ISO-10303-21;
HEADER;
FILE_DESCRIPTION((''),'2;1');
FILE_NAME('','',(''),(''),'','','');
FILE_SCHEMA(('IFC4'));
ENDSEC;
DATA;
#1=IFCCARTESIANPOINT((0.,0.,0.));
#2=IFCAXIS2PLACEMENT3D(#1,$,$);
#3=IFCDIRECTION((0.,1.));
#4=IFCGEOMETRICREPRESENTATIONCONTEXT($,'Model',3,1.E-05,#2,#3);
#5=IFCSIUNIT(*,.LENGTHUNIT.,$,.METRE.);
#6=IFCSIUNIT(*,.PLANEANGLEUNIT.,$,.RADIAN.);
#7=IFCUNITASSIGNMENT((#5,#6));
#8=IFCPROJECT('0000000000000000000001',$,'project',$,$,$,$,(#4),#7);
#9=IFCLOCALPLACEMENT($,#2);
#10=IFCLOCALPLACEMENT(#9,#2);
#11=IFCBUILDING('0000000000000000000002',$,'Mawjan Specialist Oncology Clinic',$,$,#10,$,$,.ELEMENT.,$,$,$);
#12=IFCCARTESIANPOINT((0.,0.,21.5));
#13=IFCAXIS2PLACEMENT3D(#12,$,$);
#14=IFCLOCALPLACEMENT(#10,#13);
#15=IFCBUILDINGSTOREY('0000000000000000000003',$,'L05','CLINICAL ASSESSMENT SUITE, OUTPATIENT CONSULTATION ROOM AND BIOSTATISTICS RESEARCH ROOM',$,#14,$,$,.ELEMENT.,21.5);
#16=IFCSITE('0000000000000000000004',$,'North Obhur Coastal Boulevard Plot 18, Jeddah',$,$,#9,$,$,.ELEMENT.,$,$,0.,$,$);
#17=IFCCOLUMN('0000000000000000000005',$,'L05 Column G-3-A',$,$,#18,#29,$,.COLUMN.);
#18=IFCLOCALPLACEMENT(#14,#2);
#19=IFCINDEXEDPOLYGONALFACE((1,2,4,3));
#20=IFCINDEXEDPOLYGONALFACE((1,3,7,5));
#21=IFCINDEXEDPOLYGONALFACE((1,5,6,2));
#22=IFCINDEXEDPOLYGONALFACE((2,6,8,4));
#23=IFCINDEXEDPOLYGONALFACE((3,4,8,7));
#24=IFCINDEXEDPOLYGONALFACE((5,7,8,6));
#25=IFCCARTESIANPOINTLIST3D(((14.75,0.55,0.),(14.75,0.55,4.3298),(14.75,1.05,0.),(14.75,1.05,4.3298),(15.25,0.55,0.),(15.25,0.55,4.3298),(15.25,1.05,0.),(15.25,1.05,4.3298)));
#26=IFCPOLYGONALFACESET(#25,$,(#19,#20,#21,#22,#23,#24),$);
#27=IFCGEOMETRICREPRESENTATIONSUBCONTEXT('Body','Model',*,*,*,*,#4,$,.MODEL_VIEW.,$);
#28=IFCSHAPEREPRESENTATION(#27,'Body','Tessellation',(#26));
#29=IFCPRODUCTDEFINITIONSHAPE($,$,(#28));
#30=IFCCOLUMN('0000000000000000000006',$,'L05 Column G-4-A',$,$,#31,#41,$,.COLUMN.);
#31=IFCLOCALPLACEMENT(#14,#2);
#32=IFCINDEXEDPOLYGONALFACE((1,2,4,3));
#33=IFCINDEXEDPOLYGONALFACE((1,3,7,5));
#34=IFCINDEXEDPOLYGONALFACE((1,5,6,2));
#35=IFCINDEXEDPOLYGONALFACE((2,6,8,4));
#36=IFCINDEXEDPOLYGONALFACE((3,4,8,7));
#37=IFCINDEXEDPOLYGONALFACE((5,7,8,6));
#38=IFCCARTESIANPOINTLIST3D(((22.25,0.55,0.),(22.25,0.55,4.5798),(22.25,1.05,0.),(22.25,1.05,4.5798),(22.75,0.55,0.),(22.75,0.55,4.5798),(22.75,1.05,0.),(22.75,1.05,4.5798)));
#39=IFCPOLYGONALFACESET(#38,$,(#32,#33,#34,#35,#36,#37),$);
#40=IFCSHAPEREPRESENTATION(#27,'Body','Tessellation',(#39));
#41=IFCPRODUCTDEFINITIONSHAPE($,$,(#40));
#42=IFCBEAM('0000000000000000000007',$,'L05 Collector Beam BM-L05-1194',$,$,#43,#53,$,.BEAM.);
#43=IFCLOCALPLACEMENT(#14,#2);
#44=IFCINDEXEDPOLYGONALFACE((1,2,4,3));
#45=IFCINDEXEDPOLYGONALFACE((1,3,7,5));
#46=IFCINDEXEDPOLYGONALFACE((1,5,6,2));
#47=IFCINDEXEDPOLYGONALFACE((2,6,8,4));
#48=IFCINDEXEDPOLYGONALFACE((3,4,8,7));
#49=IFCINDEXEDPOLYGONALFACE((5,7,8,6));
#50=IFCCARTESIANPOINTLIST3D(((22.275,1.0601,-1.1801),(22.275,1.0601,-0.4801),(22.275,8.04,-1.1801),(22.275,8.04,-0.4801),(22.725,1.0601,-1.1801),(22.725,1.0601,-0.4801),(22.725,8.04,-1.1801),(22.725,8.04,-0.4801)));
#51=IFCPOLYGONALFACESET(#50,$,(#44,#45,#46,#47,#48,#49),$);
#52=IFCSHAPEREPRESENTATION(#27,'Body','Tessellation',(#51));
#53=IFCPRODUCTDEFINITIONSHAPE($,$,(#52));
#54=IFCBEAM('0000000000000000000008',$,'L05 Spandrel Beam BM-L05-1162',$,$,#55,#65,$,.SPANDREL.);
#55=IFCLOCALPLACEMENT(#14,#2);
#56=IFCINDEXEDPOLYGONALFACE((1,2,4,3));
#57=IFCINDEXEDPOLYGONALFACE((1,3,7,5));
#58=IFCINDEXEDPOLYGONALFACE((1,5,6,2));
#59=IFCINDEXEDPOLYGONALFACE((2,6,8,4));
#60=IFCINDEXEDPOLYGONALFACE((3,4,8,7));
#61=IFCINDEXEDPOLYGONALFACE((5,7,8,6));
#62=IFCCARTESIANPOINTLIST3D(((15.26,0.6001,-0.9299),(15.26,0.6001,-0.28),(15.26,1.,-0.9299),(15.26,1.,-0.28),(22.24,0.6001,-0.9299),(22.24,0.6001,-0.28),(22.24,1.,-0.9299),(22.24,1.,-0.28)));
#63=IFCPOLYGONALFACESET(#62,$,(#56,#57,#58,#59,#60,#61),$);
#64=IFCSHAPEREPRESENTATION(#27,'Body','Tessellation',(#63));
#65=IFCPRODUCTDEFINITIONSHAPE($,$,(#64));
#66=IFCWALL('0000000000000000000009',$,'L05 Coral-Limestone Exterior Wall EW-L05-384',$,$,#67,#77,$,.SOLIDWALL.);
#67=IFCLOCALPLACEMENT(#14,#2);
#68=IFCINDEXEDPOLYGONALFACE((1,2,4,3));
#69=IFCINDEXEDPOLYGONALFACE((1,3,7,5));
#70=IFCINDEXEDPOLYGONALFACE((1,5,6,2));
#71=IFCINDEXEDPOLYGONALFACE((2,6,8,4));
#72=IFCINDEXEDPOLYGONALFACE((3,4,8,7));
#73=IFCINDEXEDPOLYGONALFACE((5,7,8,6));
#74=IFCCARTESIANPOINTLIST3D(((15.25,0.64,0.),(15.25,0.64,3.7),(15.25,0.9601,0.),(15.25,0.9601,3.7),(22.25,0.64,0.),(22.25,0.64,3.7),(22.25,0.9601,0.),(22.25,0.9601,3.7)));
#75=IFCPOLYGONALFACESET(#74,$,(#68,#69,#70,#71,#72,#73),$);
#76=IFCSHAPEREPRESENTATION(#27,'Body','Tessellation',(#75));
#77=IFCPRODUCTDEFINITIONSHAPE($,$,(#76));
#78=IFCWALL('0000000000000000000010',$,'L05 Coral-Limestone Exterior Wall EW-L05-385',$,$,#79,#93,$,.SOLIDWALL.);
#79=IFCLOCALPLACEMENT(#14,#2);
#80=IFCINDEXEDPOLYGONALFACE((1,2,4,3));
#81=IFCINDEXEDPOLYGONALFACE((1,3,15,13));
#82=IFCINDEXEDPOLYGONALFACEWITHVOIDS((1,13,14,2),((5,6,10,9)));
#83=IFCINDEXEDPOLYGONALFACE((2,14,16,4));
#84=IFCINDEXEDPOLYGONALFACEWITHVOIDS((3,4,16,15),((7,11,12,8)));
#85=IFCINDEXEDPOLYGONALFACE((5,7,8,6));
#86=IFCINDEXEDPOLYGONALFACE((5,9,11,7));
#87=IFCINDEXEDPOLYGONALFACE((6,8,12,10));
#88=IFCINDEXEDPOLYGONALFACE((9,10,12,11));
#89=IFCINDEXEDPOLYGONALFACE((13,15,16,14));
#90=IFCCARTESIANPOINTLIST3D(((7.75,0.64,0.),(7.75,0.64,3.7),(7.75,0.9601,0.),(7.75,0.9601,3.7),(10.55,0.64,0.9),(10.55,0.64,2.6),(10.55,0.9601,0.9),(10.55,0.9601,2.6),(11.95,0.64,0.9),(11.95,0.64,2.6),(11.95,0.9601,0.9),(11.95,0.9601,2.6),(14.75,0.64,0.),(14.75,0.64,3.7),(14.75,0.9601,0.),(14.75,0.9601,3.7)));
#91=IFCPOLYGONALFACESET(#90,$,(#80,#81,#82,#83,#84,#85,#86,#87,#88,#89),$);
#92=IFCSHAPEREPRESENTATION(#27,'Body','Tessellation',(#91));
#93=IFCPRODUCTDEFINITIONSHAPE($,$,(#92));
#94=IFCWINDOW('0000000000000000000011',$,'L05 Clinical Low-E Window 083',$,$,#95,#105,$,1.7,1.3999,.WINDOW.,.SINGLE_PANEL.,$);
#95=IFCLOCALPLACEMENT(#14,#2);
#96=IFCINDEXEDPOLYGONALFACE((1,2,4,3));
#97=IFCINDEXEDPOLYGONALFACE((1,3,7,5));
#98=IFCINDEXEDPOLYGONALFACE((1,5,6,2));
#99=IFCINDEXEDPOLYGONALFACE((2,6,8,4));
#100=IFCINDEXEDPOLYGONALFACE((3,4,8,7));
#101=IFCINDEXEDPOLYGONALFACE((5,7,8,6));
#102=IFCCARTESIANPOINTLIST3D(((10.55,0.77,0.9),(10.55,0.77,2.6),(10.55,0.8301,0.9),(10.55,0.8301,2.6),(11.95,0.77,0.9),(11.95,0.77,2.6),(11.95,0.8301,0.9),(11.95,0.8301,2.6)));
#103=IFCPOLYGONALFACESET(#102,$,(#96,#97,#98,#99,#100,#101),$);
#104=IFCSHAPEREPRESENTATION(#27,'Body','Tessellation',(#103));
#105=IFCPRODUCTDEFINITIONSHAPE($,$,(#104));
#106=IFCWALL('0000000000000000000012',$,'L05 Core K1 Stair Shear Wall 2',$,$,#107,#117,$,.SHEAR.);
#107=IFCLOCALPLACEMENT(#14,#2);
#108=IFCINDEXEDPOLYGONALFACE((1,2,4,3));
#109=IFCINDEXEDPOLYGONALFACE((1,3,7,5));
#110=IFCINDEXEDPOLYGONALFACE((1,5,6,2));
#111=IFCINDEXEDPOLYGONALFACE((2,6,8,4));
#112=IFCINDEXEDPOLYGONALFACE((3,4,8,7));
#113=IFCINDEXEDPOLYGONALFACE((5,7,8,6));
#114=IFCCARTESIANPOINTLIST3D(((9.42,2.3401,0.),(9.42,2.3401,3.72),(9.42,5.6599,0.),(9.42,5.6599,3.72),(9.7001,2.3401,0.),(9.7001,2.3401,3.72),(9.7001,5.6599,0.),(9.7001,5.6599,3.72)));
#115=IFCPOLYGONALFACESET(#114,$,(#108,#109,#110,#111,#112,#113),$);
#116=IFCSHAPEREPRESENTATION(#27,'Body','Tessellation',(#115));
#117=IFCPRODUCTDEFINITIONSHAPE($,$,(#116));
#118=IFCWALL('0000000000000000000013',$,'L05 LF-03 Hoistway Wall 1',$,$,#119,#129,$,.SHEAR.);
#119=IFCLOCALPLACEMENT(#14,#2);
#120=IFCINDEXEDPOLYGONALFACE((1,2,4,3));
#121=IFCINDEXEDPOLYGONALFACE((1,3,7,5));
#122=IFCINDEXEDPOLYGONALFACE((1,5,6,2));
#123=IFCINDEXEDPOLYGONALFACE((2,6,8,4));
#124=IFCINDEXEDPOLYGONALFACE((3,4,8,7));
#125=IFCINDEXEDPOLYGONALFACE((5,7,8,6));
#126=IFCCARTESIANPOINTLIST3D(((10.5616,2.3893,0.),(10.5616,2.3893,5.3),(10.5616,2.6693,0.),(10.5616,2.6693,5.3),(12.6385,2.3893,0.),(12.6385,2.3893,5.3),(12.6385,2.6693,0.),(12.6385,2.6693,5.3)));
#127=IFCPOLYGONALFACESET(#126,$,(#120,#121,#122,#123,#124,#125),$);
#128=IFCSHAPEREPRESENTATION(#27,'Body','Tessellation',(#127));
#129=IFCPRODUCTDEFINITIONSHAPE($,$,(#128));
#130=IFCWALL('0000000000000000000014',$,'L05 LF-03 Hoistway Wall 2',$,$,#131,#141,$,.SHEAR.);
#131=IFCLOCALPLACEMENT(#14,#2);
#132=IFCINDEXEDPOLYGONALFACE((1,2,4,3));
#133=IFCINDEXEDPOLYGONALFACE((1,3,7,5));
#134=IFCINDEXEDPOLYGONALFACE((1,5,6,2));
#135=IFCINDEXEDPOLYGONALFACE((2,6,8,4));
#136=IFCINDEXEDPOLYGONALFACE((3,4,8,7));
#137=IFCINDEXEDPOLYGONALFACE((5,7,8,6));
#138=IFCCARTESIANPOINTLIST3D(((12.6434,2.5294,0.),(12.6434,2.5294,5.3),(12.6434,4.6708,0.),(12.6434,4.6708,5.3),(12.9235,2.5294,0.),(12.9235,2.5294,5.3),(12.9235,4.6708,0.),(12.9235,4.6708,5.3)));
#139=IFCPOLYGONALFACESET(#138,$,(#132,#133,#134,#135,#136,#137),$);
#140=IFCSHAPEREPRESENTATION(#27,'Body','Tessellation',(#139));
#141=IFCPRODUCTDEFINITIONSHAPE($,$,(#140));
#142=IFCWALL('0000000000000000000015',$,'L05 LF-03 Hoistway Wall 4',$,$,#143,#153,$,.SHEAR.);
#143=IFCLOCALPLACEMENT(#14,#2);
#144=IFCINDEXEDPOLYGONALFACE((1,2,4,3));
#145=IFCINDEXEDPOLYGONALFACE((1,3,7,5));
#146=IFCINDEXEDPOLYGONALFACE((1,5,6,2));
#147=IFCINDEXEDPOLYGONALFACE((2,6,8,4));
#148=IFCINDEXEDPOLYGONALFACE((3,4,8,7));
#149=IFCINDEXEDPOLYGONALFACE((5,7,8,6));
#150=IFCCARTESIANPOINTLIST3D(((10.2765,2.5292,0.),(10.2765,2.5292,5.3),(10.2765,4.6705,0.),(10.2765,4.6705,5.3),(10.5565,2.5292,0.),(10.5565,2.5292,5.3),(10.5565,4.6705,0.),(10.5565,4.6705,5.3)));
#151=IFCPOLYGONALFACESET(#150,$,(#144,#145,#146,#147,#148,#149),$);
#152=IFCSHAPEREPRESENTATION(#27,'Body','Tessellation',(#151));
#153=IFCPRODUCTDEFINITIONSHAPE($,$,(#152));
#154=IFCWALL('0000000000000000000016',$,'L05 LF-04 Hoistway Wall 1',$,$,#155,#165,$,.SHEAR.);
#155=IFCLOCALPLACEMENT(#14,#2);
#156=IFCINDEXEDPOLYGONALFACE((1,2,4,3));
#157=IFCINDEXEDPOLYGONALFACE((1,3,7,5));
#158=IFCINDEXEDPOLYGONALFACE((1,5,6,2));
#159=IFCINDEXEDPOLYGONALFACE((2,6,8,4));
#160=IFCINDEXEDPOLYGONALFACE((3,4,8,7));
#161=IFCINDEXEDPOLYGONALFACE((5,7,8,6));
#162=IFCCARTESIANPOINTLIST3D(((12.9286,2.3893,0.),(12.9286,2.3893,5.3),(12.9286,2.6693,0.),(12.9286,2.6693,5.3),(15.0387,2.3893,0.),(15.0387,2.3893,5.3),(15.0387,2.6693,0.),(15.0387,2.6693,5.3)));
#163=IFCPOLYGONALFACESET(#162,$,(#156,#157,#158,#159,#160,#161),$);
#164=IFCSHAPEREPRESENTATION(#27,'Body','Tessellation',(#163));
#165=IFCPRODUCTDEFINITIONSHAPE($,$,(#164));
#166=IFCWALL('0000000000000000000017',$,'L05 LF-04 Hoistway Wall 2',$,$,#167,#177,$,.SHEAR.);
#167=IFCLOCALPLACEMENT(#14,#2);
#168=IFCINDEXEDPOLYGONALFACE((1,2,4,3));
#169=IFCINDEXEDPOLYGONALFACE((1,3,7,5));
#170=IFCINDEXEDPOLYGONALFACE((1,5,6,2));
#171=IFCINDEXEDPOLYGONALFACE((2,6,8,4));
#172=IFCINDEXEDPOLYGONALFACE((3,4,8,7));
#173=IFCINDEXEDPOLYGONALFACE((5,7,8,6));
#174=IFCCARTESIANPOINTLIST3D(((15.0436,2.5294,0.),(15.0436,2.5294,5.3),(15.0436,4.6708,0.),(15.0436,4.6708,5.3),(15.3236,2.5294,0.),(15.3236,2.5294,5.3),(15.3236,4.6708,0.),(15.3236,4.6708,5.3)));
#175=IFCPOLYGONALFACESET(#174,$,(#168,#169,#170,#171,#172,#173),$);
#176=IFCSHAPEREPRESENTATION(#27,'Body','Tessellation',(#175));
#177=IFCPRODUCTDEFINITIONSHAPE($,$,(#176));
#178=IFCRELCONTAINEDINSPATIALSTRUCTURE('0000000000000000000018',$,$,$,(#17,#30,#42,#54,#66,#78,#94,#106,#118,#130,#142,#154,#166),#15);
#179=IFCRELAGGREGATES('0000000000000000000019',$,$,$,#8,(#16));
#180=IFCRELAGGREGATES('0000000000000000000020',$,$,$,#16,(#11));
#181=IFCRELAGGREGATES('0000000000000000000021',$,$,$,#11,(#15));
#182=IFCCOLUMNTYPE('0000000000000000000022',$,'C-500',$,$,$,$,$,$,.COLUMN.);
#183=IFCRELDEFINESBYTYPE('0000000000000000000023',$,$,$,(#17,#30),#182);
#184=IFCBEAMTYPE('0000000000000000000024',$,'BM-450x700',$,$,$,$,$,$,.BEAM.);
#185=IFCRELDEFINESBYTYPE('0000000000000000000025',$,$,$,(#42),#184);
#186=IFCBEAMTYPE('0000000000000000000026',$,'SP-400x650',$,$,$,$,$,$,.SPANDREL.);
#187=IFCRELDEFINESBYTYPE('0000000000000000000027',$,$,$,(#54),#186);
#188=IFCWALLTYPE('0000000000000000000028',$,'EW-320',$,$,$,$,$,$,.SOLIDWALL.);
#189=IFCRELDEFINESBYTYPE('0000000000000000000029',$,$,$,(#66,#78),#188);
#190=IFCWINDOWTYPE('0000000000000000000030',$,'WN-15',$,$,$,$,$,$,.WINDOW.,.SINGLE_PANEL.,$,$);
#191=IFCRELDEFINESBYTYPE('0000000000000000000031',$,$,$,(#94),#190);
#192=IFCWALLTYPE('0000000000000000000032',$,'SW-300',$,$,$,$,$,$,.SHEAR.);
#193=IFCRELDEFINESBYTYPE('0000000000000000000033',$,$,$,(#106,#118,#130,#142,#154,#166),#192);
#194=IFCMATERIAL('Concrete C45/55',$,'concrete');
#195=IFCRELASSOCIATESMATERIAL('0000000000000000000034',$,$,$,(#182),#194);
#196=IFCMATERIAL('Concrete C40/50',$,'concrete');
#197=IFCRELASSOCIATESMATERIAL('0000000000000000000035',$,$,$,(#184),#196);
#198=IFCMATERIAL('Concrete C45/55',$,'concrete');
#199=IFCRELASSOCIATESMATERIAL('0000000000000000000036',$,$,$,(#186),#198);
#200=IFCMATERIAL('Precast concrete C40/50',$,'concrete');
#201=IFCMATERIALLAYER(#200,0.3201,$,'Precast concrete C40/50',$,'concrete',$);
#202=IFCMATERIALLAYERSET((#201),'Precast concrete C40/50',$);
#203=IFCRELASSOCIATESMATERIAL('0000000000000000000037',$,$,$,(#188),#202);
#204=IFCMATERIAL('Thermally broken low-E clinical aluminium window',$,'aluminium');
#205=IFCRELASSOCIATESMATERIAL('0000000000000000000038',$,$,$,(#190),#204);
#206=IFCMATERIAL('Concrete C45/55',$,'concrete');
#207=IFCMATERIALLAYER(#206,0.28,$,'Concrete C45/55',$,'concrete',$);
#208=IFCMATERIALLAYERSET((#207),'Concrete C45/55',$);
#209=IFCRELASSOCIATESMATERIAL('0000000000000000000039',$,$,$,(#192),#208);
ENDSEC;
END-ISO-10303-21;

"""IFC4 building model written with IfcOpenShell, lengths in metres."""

from ifc_helpers import new_model, si_unit, direction, frame, frame_2d, origin, origin_2d, place, context, subcontext, project, spatial, rectangle, extrude, material, layer, layer_set, material_profile, profile_set, type_object, element, fill, save


model = new_model("IFC4")

# Units and contexts
model_context = context("Model", 3, precision=1e-05, world=origin(), true_north=direction((0.0, 1.0)))
body_context = subcontext(model_context, "Body", "Model", "MODEL_VIEW")
ifc_project = project(units=[si_unit("LENGTHUNIT", "METRE"), si_unit("PLANEANGLEUNIT", "RADIAN")], contexts=[model_context])

# Site, building, storey
site_placement = place(None, origin())
site = spatial("IfcSite", under=ifc_project, at=site_placement, Name="North Obhur Coastal Boulevard Plot 18, Jeddah", CompositionType="ELEMENT", RefElevation=0.0)
building_placement = place(site_placement, origin())
building = spatial("IfcBuilding", under=site, at=building_placement, Name="Mawjan Specialist Oncology Clinic", CompositionType="ELEMENT")
storey_placement = place(building_placement, frame((0.0, 0.0, 21.5)))
storey = spatial("IfcBuildingStorey", under=building, at=storey_placement, Name="L05", Description="CLINICAL ASSESSMENT SUITE, OUTPATIENT CONSULTATION ROOM AND BIOSTATISTICS RESEARCH ROOM", CompositionType="ELEMENT", Elevation=21.5)

# Columns
ifc_material_1 = material(Name="Concrete C45/55", Category="concrete")
ifc_material_profile_1 = material_profile(ifc_material_1, rectangle(XDim=0.5, YDim=0.5, at=origin_2d()), Name="RC COL 500x500", Category="concrete")
ifc_profile_set_1 = profile_set([ifc_material_profile_1], Name="Concrete C45/55")
column_type = type_object("IfcColumnType", Name="C-500", PredefinedType="COLUMN", material=ifc_profile_set_1)
column_1_placement = place(storey_placement, frame((15.0, 0.8, 0.0), z_axis=(0.0, 0.0, 1.0), x_axis=(1.0, 0.0, 0.0)))
element("IfcColumn", 1, at=column_1_placement, inside=storey, type_object=column_type, Name="L05 Column G-3-A", PredefinedType="COLUMN", context=body_context, shape_type="SweptSolid", body=[
    extrude(rectangle(XDim=0.5, YDim=0.5, at=origin_2d()), origin(), (0.0, 0.0, 1.0), 4.3298),
])
column_2_placement = place(storey_placement, frame((22.5, 0.8, 0.0), z_axis=(0.0, 0.0, 1.0), x_axis=(1.0, 0.0, 0.0)))
element("IfcColumn", 2, at=column_2_placement, inside=storey, type_object=column_type, Name="L05 Column G-4-A", PredefinedType="COLUMN", context=body_context, shape_type="SweptSolid", body=[
    extrude(rectangle(XDim=0.5, YDim=0.5, at=origin_2d()), origin(), (0.0, 0.0, 1.0), 4.5798),
])

# Beams
ifc_material_2 = material(Name="Concrete C40/50", Category="concrete")
ifc_material_profile_2 = material_profile(ifc_material_2, rectangle(XDim=0.45, YDim=0.7, at=origin_2d()), Name="RC BM 450x700", Category="concrete")
ifc_profile_set_2 = profile_set([ifc_material_profile_2], Name="Concrete C40/50")
beam_type_1 = type_object("IfcBeamType", Name="BM-450x700", PredefinedType="BEAM", material=ifc_profile_set_2)
beam_1_placement = place(storey_placement, frame((22.5, 1.0601, -0.8301), z_axis=(0.0, 1.0, 0.0), x_axis=(-1.0, 0.0, 0.0)))
element("IfcBeam", 3, at=beam_1_placement, inside=storey, type_object=beam_type_1, Name="L05 Collector Beam BM-L05-1194", PredefinedType="BEAM", context=body_context, shape_type="SweptSolid", body=[
    extrude(rectangle(XDim=0.45, YDim=0.7, at=origin_2d()), origin(), (0.0, 0.0, 1.0), 6.98),
])
ifc_material_3 = material(Name="Concrete C45/55", Category="concrete")
ifc_material_profile_3 = material_profile(ifc_material_3, rectangle(XDim=0.3999, YDim=0.6499, at=origin_2d()), Name="RC BM 400x650", Category="concrete")
ifc_profile_set_3 = profile_set([ifc_material_profile_3], Name="Concrete C45/55")
beam_type_2 = type_object("IfcBeamType", Name="SP-400x650", PredefinedType="SPANDREL", material=ifc_profile_set_3)
beam_2_placement = place(storey_placement, frame((15.26, 0.8, -0.605), z_axis=(1.0, 0.0, 0.0), x_axis=(0.0, 1.0, 0.0)))
element("IfcBeam", 4, at=beam_2_placement, inside=storey, type_object=beam_type_2, Name="L05 Spandrel Beam BM-L05-1162", PredefinedType="SPANDREL", context=body_context, shape_type="SweptSolid", body=[
    extrude(rectangle(XDim=0.3999, YDim=0.6499, at=origin_2d()), origin(), (0.0, 0.0, 1.0), 6.98),
])

# Wall
ifc_material_4 = material(Name="Precast concrete C40/50", Category="concrete")
ifc_layer_1 = layer(ifc_material_4, 0.3201, Name="Precast concrete C40/50", Category="concrete")
ifc_layer_set_1 = layer_set([ifc_layer_1], Name="Precast concrete C40/50")
wall_type_1 = type_object("IfcWallType", Name="EW-320", PredefinedType="SOLIDWALL", material=ifc_layer_set_1)
wall_1_placement = place(storey_placement, frame((22.25, 0.8, 0.0), z_axis=(0.0, 0.0, 1.0), x_axis=(-1.0, 0.0, 0.0)))
element("IfcWall", 5, at=wall_1_placement, inside=storey, type_object=wall_type_1, Name="L05 Coral-Limestone Exterior Wall EW-L05-384", PredefinedType="SOLIDWALL", context=body_context, shape_type="SweptSolid", body=[
    extrude(rectangle(XDim=7.0, YDim=0.3201, at=frame_2d((3.5, 0.0))), origin(), (0.0, 0.0, 1.0), 3.7),
])

# Wall, opening, window
wall_2_placement = place(storey_placement, frame((14.75, 0.8, 0.0), z_axis=(0.0, 0.0, 1.0), x_axis=(-1.0, 0.0, 0.0)))
wall_2 = element("IfcWall", 6, at=wall_2_placement, inside=storey, type_object=wall_type_1, Name="L05 Coral-Limestone Exterior Wall EW-L05-385", PredefinedType="SOLIDWALL", context=body_context, shape_type="SweptSolid", body=[
    extrude(rectangle(XDim=7.0, YDim=0.3201, at=frame_2d((3.5, 0.0))), origin(), (0.0, 0.0, 1.0), 3.7),
])
opening_1_placement = place(wall_2_placement, frame((2.8, 0.0, 0.8999)))
opening_1 = element("IfcOpeningElement", 7, at=opening_1_placement, cuts=wall_2, PredefinedType="OPENING", context=body_context, shape_type="SweptSolid", body=[
    extrude(rectangle(XDim=1.3999, YDim=1.7, at=frame_2d((0.7, 0.8501))), frame((0.0, 0.1721, 0.0), z_axis=(0.0, -1.0, 0.0), x_axis=(1.0, 0.0, 0.0)), (0.0, 0.0, 1.0), 0.344),
])
ifc_material_5 = material(Name="Thermally broken low-E clinical aluminium window", Category="aluminium")
window_type = type_object("IfcWindowType", Name="WN-15", PartitioningType="SINGLE_PANEL", PredefinedType="WINDOW", material=ifc_material_5)
window_placement = place(opening_1_placement, origin())
window = element("IfcWindow", 8, at=window_placement, inside=storey, type_object=window_type, Name="L05 Clinical Low-E Window 083", OverallHeight=1.7, OverallWidth=1.3999, PartitioningType="SINGLE_PANEL", PredefinedType="WINDOW", context=body_context, shape_type="SweptSolid", body=[
    extrude(rectangle(XDim=1.3999, YDim=1.7, at=frame_2d((0.7, 0.8501))), frame((0.0, 0.03, 0.0), z_axis=(0.0, -1.0, 0.0), x_axis=(1.0, 0.0, 0.0)), (0.0, 0.0, 1.0), 0.0601),
])
fill(opening_1, window)

# Walls
ifc_material_6 = material(Name="Concrete C45/55", Category="concrete")
ifc_layer_2 = layer(ifc_material_6, 0.28, Name="Concrete C45/55", Category="concrete")
ifc_layer_set_2 = layer_set([ifc_layer_2], Name="Concrete C45/55")
wall_type_2 = type_object("IfcWallType", Name="SW-300", PredefinedType="SHEAR", material=ifc_layer_set_2)
wall_3_placement = place(storey_placement, frame((9.5601, 2.3401, 0.0), z_axis=(0.0, 0.0, 1.0), x_axis=(0.0, 1.0, 0.0)))
element("IfcWall", 9, at=wall_3_placement, inside=storey, type_object=wall_type_2, Name="L05 Core K1 Stair Shear Wall 2", PredefinedType="SHEAR", context=body_context, shape_type="SweptSolid", body=[
    extrude(rectangle(XDim=3.3198, YDim=0.28, at=frame_2d((1.6599, 0.0))), origin(), (0.0, 0.0, 1.0), 3.72),
])
wall_4_placement = place(storey_placement, frame((10.5615, 2.5293, 0.0), z_axis=(0.0, 0.0, 1.0), x_axis=(1.0, 0.0, 0.0)))
element("IfcWall", 10, at=wall_4_placement, inside=storey, type_object=wall_type_2, Name="L05 LF-03 Hoistway Wall 1", PredefinedType="SHEAR", context=body_context, shape_type="SweptSolid", body=[
    extrude(rectangle(XDim=2.0769, YDim=0.28, at=frame_2d((1.0386, 0.0))), origin(), (0.0, 0.0, 1.0), 5.3),
])
wall_5_placement = place(storey_placement, frame((12.7834, 2.5293, 0.0), z_axis=(0.0, 0.0, 1.0), x_axis=(0.0, 1.0, 0.0)))
element("IfcWall", 11, at=wall_5_placement, inside=storey, type_object=wall_type_2, Name="L05 LF-03 Hoistway Wall 2", PredefinedType="SHEAR", context=body_context, shape_type="SweptSolid", body=[
    extrude(rectangle(XDim=2.1414, YDim=0.28, at=frame_2d((1.0708, 0.0))), origin(), (0.0, 0.0, 1.0), 5.3),
])

# Walls
wall_6_placement = place(storey_placement, frame((10.4165, 4.6707, 0.0), z_axis=(0.0, 0.0, 1.0), x_axis=(0.0, -1.0, 0.0)))
element("IfcWall", 12, at=wall_6_placement, inside=storey, type_object=wall_type_2, Name="L05 LF-03 Hoistway Wall 4", PredefinedType="SHEAR", context=body_context, shape_type="SweptSolid", body=[
    extrude(rectangle(XDim=2.1414, YDim=0.28, at=frame_2d((1.0708, 0.0))), origin(), (0.0, 0.0, 1.0), 5.3),
])
wall_7_placement = place(storey_placement, frame((12.9285, 2.5293, 0.0), z_axis=(0.0, 0.0, 1.0), x_axis=(1.0, 0.0, 0.0)))
element("IfcWall", 13, at=wall_7_placement, inside=storey, type_object=wall_type_2, Name="L05 LF-04 Hoistway Wall 1", PredefinedType="SHEAR", context=body_context, shape_type="SweptSolid", body=[
    extrude(rectangle(XDim=2.1101, YDim=0.28, at=frame_2d((1.0552, 0.0))), origin(), (0.0, 0.0, 1.0), 5.3),
])
wall_8_placement = place(storey_placement, frame((15.1836, 2.5293, 0.0), z_axis=(0.0, 0.0, 1.0), x_axis=(0.0, 1.0, 0.0)))
element("IfcWall", 14, at=wall_8_placement, inside=storey, type_object=wall_type_2, Name="L05 LF-04 Hoistway Wall 2", PredefinedType="SHEAR", context=body_context, shape_type="SweptSolid", body=[
    extrude(rectangle(XDim=2.1414, YDim=0.28, at=frame_2d((1.0708, 0.0))), origin(), (0.0, 0.0, 1.0), 5.3),
])

save(model, "model.ifc")
